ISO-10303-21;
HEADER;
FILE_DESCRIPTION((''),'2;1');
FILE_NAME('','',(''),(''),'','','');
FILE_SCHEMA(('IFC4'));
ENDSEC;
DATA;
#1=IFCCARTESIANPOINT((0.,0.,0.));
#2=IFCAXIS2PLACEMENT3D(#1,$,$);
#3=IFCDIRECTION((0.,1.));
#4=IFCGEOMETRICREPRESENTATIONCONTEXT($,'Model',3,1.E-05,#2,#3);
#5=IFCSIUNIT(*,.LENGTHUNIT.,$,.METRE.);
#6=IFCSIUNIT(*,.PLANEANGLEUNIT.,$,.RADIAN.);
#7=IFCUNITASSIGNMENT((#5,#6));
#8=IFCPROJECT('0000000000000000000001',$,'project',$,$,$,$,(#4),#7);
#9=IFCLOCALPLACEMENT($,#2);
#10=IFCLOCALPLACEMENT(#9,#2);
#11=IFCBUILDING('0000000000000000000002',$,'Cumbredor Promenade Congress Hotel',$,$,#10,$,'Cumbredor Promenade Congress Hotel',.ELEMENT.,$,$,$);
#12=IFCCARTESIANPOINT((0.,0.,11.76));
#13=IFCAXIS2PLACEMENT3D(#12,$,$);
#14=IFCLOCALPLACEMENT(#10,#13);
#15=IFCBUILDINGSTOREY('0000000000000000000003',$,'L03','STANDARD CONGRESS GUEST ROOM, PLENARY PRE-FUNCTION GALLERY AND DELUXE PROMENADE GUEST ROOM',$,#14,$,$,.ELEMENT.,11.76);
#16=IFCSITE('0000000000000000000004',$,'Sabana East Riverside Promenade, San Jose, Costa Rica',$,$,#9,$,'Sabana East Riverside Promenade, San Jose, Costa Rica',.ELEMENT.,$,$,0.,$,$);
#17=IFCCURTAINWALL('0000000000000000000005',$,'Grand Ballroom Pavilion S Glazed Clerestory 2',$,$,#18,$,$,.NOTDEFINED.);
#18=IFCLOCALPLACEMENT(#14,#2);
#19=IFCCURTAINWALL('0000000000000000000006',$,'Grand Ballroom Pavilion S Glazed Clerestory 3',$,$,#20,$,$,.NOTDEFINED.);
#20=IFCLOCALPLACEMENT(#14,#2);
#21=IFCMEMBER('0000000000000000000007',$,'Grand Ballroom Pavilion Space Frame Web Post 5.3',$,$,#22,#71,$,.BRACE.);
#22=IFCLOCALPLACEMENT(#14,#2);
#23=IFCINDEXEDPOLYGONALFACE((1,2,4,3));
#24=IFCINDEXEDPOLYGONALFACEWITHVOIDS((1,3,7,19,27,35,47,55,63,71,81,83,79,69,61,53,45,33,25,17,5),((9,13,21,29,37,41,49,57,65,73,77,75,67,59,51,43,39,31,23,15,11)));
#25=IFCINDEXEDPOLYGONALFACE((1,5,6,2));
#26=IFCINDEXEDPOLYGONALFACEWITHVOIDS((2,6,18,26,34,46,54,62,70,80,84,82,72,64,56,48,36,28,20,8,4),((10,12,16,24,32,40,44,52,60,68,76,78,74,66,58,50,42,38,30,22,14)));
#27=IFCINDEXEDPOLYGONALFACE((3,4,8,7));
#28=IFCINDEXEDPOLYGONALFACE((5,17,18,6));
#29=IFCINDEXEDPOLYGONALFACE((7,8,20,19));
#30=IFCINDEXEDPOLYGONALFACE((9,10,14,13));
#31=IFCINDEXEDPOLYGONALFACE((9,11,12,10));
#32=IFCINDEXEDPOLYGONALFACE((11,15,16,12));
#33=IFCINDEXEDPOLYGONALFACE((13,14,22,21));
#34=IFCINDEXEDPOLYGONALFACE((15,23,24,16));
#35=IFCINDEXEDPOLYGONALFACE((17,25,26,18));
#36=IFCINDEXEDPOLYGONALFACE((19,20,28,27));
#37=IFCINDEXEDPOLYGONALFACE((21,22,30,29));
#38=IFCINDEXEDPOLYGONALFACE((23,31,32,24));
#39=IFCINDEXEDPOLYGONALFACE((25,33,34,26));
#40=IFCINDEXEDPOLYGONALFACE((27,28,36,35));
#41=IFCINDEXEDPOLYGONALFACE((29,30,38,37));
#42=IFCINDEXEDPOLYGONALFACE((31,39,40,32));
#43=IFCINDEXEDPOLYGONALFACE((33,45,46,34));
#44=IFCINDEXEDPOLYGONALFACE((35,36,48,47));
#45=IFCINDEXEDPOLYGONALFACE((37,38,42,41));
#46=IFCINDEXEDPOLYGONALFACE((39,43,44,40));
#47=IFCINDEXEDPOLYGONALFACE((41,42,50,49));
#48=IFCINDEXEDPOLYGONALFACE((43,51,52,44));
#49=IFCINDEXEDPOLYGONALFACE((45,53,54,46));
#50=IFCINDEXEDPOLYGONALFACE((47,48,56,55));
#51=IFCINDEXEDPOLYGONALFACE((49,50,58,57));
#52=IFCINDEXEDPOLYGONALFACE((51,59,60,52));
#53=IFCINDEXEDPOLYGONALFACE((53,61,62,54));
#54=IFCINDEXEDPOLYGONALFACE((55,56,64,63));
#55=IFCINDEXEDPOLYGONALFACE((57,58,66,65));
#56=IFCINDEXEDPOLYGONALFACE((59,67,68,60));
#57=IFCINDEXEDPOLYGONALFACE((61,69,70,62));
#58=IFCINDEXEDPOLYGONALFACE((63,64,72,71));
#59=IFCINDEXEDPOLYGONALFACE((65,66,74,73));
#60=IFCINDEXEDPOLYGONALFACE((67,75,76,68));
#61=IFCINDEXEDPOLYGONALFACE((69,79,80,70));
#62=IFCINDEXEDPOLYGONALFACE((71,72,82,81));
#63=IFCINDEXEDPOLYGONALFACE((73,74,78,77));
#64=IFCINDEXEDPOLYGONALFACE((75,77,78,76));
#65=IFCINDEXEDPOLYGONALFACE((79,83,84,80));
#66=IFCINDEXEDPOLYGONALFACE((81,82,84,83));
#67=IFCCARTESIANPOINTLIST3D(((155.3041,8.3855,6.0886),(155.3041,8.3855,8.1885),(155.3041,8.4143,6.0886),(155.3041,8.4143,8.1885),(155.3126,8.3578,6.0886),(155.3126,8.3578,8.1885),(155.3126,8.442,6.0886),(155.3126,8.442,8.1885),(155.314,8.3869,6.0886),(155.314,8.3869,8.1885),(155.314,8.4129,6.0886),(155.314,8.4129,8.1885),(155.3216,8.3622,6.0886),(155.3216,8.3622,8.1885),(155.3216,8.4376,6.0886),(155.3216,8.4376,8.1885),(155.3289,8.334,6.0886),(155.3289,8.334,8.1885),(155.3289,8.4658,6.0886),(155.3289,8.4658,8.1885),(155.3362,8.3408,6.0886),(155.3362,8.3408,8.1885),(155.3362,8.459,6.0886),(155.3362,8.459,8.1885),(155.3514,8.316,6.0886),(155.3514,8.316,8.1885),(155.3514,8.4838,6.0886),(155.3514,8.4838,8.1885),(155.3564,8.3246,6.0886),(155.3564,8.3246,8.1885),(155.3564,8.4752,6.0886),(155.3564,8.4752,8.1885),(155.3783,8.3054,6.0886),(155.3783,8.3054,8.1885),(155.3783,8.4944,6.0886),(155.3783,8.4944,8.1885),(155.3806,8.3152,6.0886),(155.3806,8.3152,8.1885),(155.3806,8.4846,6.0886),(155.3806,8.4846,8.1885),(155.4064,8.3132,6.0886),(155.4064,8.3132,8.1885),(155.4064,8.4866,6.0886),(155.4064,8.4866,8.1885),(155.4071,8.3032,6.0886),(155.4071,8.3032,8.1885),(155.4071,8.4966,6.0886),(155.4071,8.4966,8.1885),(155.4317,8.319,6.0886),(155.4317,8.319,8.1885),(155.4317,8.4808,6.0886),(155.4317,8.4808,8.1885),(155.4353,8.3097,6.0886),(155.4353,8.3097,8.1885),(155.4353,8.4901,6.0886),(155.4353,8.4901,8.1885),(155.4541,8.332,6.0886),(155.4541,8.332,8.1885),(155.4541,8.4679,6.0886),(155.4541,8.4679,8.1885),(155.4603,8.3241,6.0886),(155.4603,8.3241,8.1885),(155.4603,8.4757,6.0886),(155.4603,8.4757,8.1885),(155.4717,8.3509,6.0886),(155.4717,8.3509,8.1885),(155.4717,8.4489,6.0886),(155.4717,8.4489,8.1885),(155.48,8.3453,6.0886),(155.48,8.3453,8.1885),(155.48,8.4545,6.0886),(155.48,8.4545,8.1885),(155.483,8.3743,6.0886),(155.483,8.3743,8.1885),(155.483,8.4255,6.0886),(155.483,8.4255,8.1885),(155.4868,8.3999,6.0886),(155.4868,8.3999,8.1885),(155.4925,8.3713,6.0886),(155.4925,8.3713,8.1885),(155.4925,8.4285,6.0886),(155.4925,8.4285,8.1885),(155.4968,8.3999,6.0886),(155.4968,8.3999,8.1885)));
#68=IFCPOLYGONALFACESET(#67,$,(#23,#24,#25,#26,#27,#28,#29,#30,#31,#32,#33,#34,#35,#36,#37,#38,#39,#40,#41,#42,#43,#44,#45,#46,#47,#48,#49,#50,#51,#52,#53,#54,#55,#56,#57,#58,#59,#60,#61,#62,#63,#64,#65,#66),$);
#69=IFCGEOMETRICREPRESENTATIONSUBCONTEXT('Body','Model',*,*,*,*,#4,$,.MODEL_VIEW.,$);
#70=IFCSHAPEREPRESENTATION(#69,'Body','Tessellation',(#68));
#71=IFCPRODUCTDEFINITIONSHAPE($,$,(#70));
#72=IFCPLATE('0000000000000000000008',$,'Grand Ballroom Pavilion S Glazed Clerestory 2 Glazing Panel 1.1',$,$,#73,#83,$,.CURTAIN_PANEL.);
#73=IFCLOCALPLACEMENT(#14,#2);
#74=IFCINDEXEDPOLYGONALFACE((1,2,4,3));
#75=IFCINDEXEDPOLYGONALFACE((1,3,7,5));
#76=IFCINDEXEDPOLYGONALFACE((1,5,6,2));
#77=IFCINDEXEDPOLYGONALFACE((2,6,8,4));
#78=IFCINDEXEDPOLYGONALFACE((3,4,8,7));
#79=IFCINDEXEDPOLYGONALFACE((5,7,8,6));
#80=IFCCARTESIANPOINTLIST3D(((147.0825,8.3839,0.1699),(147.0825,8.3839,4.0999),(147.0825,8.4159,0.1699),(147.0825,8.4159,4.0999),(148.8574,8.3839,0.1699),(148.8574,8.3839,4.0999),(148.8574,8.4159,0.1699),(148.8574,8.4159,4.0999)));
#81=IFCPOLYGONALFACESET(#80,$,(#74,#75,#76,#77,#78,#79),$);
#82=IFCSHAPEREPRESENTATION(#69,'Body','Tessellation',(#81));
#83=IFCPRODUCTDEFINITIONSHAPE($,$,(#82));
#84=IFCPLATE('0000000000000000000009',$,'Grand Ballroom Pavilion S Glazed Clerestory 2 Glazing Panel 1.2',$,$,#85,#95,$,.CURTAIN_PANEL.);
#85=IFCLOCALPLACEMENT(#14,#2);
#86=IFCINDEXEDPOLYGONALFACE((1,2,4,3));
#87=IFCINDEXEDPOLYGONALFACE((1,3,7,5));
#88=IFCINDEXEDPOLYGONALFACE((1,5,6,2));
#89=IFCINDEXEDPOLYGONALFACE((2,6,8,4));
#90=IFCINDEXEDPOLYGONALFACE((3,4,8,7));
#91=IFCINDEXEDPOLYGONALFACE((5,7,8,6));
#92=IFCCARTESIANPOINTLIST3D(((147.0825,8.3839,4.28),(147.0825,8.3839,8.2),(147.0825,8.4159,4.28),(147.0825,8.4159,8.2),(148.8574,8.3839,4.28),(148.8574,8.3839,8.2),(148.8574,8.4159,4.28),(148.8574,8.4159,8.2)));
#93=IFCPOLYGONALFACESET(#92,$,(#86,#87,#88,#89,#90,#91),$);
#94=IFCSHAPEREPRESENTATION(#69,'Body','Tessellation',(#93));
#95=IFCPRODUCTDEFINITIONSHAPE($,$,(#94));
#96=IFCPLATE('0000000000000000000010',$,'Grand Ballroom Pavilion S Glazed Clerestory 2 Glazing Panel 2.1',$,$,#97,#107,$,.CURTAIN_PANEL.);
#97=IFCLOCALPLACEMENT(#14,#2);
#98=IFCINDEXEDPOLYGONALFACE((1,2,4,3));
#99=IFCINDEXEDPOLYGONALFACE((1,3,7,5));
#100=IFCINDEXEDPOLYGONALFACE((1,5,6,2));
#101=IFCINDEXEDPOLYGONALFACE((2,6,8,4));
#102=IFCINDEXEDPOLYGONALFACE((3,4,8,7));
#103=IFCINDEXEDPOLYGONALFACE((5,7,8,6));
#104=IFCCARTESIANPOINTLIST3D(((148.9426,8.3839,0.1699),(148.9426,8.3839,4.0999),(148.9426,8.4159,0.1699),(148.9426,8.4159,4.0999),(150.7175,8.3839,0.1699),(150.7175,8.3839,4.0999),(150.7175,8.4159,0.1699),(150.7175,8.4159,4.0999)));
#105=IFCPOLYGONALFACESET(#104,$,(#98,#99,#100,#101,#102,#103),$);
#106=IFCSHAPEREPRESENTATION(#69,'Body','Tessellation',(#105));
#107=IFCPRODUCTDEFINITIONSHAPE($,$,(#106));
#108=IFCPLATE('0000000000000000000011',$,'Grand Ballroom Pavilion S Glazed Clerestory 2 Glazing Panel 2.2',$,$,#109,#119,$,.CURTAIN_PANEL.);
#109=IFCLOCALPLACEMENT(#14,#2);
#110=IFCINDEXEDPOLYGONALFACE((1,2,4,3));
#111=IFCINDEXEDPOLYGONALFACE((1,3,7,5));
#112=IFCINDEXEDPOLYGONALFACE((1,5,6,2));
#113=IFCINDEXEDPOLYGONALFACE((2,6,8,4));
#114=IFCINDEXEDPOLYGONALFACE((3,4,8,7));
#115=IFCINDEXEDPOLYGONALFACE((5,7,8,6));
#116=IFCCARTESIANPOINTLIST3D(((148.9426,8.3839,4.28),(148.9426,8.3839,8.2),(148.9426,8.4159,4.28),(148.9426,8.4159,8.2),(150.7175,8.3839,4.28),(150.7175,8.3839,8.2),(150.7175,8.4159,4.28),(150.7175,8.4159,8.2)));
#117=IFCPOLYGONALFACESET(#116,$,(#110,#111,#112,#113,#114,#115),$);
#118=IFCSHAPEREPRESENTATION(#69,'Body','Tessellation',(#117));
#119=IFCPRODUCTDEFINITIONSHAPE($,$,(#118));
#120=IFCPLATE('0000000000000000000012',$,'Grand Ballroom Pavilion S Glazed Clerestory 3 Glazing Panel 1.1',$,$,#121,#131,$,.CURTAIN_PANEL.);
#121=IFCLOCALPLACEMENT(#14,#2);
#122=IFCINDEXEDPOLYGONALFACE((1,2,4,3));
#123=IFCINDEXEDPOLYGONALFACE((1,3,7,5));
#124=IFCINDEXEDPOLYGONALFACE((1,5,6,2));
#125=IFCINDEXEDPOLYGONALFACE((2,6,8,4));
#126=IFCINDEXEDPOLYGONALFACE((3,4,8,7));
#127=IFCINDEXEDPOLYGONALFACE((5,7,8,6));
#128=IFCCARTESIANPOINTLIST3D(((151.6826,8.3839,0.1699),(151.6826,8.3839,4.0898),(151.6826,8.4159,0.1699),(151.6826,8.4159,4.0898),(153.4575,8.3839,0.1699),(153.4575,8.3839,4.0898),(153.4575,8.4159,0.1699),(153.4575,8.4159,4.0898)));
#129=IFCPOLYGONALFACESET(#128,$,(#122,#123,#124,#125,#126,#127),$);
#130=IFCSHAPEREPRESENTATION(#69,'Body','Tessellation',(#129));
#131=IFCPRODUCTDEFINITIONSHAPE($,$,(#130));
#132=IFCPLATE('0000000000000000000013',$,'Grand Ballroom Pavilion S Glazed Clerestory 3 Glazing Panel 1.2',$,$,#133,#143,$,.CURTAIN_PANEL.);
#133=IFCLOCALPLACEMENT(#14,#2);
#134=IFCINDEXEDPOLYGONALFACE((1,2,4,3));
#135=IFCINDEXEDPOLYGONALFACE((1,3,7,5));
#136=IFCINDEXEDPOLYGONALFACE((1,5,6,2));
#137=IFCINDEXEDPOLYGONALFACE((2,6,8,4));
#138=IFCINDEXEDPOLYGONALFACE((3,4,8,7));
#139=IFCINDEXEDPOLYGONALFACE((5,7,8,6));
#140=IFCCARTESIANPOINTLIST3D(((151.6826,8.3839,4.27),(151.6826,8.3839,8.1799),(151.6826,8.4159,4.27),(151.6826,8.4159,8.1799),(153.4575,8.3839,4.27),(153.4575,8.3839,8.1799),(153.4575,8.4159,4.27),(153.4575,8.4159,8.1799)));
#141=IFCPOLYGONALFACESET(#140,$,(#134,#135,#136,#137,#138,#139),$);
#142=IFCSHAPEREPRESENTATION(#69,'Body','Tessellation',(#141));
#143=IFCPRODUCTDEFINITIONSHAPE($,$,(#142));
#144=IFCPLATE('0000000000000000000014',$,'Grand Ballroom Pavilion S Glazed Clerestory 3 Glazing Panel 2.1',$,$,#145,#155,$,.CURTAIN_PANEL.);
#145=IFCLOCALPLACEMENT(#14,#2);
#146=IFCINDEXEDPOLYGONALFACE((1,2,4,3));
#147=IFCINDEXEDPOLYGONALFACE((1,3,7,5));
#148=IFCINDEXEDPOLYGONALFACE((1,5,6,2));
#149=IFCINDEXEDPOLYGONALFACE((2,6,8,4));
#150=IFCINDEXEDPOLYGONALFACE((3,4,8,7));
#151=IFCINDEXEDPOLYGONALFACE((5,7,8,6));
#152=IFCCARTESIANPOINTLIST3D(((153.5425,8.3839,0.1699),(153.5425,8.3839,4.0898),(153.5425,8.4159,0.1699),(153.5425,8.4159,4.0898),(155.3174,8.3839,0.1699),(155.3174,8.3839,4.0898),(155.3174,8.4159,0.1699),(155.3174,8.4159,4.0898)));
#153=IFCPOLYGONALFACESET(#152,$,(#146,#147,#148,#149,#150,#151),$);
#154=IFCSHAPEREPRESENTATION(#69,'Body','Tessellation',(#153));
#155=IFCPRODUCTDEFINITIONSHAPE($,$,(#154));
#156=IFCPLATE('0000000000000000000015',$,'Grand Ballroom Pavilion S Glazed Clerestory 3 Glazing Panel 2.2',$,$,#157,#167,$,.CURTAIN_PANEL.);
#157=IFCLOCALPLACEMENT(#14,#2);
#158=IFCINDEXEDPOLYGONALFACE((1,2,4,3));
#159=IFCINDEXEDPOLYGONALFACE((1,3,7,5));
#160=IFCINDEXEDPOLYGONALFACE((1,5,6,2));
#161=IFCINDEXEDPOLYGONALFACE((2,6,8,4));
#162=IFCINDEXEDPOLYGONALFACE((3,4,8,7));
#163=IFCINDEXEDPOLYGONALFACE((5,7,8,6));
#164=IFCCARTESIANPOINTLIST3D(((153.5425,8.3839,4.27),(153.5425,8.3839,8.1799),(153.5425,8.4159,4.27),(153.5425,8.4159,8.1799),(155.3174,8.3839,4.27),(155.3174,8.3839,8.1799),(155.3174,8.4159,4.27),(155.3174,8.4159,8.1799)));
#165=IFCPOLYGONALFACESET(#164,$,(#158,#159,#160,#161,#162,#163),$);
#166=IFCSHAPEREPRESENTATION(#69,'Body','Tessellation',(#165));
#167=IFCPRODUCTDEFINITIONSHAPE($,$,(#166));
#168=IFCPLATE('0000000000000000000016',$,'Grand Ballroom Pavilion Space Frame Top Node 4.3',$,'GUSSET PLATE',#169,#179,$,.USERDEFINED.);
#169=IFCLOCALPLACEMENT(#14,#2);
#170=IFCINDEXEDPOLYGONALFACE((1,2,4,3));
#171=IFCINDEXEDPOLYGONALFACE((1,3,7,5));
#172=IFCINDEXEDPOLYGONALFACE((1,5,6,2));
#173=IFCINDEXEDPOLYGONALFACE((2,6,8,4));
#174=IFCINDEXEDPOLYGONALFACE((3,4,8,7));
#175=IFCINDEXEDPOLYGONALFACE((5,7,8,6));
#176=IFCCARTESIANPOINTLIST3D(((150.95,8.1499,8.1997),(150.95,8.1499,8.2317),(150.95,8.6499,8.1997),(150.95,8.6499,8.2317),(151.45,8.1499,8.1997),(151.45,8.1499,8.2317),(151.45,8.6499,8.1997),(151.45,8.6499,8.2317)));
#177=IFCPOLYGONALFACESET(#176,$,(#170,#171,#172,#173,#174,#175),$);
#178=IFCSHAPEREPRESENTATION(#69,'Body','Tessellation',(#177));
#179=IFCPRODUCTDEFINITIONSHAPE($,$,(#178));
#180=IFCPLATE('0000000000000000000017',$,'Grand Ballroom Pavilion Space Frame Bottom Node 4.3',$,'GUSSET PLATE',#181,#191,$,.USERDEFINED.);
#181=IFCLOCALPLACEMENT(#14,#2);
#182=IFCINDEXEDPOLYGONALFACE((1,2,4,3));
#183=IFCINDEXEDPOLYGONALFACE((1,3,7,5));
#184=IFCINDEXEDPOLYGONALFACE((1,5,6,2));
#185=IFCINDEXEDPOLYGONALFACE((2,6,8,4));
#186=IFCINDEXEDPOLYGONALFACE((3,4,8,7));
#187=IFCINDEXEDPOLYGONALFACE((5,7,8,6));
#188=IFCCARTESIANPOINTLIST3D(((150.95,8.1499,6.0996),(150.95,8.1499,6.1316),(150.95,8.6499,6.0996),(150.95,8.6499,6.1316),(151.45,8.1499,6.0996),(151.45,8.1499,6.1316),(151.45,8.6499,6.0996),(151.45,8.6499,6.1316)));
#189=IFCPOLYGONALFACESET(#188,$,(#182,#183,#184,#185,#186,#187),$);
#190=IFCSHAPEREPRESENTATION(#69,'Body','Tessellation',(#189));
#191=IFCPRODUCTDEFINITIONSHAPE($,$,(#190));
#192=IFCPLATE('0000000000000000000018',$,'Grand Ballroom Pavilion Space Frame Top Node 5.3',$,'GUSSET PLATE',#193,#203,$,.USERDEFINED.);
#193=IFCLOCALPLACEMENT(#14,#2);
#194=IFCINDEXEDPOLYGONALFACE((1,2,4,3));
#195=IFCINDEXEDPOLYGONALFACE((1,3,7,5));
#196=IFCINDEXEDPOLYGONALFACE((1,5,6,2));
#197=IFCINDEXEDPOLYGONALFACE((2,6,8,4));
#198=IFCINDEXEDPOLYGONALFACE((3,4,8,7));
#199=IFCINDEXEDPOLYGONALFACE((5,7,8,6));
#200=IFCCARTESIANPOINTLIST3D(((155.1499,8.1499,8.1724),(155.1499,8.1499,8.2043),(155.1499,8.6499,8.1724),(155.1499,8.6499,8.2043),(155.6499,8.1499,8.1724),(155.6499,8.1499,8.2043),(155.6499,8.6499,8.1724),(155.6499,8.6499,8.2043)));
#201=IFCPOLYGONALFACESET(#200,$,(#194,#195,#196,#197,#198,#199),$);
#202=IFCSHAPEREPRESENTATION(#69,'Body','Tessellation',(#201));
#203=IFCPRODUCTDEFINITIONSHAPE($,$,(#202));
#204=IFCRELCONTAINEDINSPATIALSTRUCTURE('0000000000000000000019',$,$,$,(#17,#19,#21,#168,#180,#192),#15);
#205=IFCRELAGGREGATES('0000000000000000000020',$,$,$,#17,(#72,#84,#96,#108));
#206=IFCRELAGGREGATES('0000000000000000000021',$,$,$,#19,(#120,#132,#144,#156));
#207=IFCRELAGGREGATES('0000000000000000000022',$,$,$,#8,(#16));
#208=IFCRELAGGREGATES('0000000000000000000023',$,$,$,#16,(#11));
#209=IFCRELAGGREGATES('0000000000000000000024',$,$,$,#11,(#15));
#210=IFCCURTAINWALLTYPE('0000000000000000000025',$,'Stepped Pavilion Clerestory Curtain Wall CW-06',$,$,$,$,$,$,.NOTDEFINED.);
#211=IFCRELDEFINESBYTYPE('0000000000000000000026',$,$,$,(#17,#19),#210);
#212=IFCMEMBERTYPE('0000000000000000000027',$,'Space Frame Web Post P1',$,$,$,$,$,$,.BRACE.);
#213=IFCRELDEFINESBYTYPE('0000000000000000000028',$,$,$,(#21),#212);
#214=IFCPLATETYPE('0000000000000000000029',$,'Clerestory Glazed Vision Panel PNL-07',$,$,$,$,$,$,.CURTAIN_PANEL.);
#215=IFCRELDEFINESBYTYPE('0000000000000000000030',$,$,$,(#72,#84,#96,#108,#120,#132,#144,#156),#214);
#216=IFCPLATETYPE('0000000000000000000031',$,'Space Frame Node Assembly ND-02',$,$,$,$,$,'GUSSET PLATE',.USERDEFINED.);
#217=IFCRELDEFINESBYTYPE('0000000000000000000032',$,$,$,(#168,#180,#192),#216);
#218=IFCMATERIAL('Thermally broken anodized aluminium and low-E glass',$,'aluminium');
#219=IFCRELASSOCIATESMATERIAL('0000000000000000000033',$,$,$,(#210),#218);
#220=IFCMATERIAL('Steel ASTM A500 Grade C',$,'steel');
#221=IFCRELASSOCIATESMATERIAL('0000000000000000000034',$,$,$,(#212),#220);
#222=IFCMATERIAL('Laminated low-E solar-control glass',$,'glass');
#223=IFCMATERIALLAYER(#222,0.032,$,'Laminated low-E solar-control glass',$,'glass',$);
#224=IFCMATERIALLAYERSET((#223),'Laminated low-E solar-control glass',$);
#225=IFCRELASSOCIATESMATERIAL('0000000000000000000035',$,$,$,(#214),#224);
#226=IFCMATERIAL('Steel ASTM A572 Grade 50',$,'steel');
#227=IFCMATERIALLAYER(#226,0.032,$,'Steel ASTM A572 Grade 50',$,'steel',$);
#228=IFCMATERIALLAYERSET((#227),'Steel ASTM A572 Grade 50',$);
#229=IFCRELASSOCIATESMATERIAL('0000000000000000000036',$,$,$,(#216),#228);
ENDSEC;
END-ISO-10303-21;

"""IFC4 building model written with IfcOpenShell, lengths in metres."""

from ifc_helpers import new_model, si_unit, direction, frame, origin, origin_2d, place, context, subcontext, project, spatial, rectangle, hollow_circle, extrude, material, layer, layer_set, material_profile, profile_set, type_object, element, aggregate, save


model = new_model("IFC4")

# Units and contexts
model_context = context("Model", 3, precision=1e-05, world=origin(), true_north=direction((0.0, 1.0)))
body_context = subcontext(model_context, "Body", "Model", "MODEL_VIEW")
ifc_project = project(units=[si_unit("LENGTHUNIT", "METRE"), si_unit("PLANEANGLEUNIT", "RADIAN")], contexts=[model_context])

# Site, building, storey
site_placement = place(None, origin())
site = spatial("IfcSite", under=ifc_project, at=site_placement, Name="Sabana East Riverside Promenade, San Jose, Costa Rica", LongName="Sabana East Riverside Promenade, San Jose, Costa Rica", CompositionType="ELEMENT", RefElevation=0.0)
building_placement = place(site_placement, origin())
building = spatial("IfcBuilding", under=site, at=building_placement, Name="Cumbredor Promenade Congress Hotel", LongName="Cumbredor Promenade Congress Hotel", CompositionType="ELEMENT")
storey_placement = place(building_placement, frame((0.0, 0.0, 11.76)))
storey = spatial("IfcBuildingStorey", under=building, at=storey_placement, Name="L03", Description="STANDARD CONGRESS GUEST ROOM, PLENARY PRE-FUNCTION GALLERY AND DELUXE PROMENADE GUEST ROOM", CompositionType="ELEMENT", Elevation=11.76)

# Shared definitions
ifc_material_1 = material(Name="Steel ASTM A500 Grade C", Category="steel")

# Curtain walls
ifc_material_2 = material(Name="Thermally broken anodized aluminium and low-E glass", Category="aluminium")
curtain_wall_type = type_object("IfcCurtainWallType", Name="Stepped Pavilion Clerestory Curtain Wall CW-06", PredefinedType="NOTDEFINED", material=ifc_material_2)
curtain_wall_1_placement = place(storey_placement, origin())
curtain_wall_1 = element("IfcCurtainWall", 1, at=curtain_wall_1_placement, inside=storey, type_object=curtain_wall_type, Name="Grand Ballroom Pavilion S Glazed Clerestory 2", PredefinedType="NOTDEFINED")
curtain_wall_2_placement = place(storey_placement, origin())
curtain_wall_2 = element("IfcCurtainWall", 2, at=curtain_wall_2_placement, inside=storey, type_object=curtain_wall_type, Name="Grand Ballroom Pavilion S Glazed Clerestory 3", PredefinedType="NOTDEFINED")

# Member
ifc_material_profile_1 = material_profile(ifc_material_1, hollow_circle(Radius=0.0969, WallThickness=0.01, at=origin_2d()), Name="CHS 193.7x10")
ifc_profile_set_1 = profile_set([ifc_material_profile_1], Name="Steel ASTM A500 Grade C")
member_type_1 = type_object("IfcMemberType", Name="Space Frame Web Post P1", PredefinedType="BRACE", material=ifc_profile_set_1)
member_1_placement = place(storey_placement, frame((155.3999, 8.3999, 6.0886), z_axis=(0.0, 0.0, 1.0), x_axis=(1.0, 0.0, 0.0)))
element("IfcMember", 3, at=member_1_placement, inside=storey, type_object=member_type_1, Name="Grand Ballroom Pavilion Space Frame Web Post 5.3", PredefinedType="BRACE", context=body_context, shape_type="SweptSolid", body=[
    extrude(hollow_circle(Radius=0.0969, WallThickness=0.01, at=origin_2d()), origin(), (0.0, 0.0, 1.0), 2.0999),
])

# Plates
ifc_material_3 = material(Name="Laminated low-E solar-control glass", Category="glass")
ifc_layer_1 = layer(ifc_material_3, 0.032, Name="Laminated low-E solar-control glass", Category="glass")
ifc_layer_set_1 = layer_set([ifc_layer_1], Name="Laminated low-E solar-control glass")
plate_type_1 = type_object("IfcPlateType", Name="Clerestory Glazed Vision Panel PNL-07", PredefinedType="CURTAIN_PANEL", material=ifc_layer_set_1)
plate_1_placement = place(storey_placement, frame((147.97, 8.3999, 0.1699), z_axis=(0.0, 0.0, 1.0), x_axis=(1.0, 0.0, 0.0)))
plate_1 = element("IfcPlate", 4, at=plate_1_placement, type_object=plate_type_1, Name="Grand Ballroom Pavilion S Glazed Clerestory 2 Glazing Panel 1.1", PredefinedType="CURTAIN_PANEL", context=body_context, shape_type="SweptSolid", body=[
    extrude(rectangle(XDim=1.7749, YDim=0.032, at=origin_2d()), origin(), (0.0, 0.0, 1.0), 3.9299),
])
plate_2_placement = place(storey_placement, frame((147.97, 8.3999, 4.28), z_axis=(0.0, 0.0, 1.0), x_axis=(1.0, 0.0, 0.0)))
plate_2 = element("IfcPlate", 5, at=plate_2_placement, type_object=plate_type_1, Name="Grand Ballroom Pavilion S Glazed Clerestory 2 Glazing Panel 1.2", PredefinedType="CURTAIN_PANEL", context=body_context, shape_type="SweptSolid", body=[
    extrude(rectangle(XDim=1.7749, YDim=0.032, at=origin_2d()), origin(), (0.0, 0.0, 1.0), 3.9199),
])
plate_3_placement = place(storey_placement, frame((149.8301, 8.3999, 0.1699), z_axis=(0.0, 0.0, 1.0), x_axis=(1.0, 0.0, 0.0)))
plate_3 = element("IfcPlate", 6, at=plate_3_placement, type_object=plate_type_1, Name="Grand Ballroom Pavilion S Glazed Clerestory 2 Glazing Panel 2.1", PredefinedType="CURTAIN_PANEL", context=body_context, shape_type="SweptSolid", body=[
    extrude(rectangle(XDim=1.7749, YDim=0.032, at=origin_2d()), origin(), (0.0, 0.0, 1.0), 3.9299),
])
plate_4_placement = place(storey_placement, frame((149.8301, 8.3999, 4.28), z_axis=(0.0, 0.0, 1.0), x_axis=(1.0, 0.0, 0.0)))
plate_4 = element("IfcPlate", 7, at=plate_4_placement, type_object=plate_type_1, Name="Grand Ballroom Pavilion S Glazed Clerestory 2 Glazing Panel 2.2", PredefinedType="CURTAIN_PANEL", context=body_context, shape_type="SweptSolid", body=[
    extrude(rectangle(XDim=1.7749, YDim=0.032, at=origin_2d()), origin(), (0.0, 0.0, 1.0), 3.9199),
])
aggregate(curtain_wall_1, [plate_1, plate_2, plate_3, plate_4])
plate_5_placement = place(storey_placement, frame((152.5701, 8.3999, 0.1699), z_axis=(0.0, 0.0, 1.0), x_axis=(1.0, 0.0, 0.0)))
plate_5 = element("IfcPlate", 8, at=plate_5_placement, type_object=plate_type_1, Name="Grand Ballroom Pavilion S Glazed Clerestory 3 Glazing Panel 1.1", PredefinedType="CURTAIN_PANEL", context=body_context, shape_type="SweptSolid", body=[
    extrude(rectangle(XDim=1.7749, YDim=0.032, at=origin_2d()), origin(), (0.0, 0.0, 1.0), 3.9199),
])
plate_6_placement = place(storey_placement, frame((152.5701, 8.3999, 4.27), z_axis=(0.0, 0.0, 1.0), x_axis=(1.0, 0.0, 0.0)))
plate_6 = element("IfcPlate", 9, at=plate_6_placement, type_object=plate_type_1, Name="Grand Ballroom Pavilion S Glazed Clerestory 3 Glazing Panel 1.2", PredefinedType="CURTAIN_PANEL", context=body_context, shape_type="SweptSolid", body=[
    extrude(rectangle(XDim=1.7749, YDim=0.032, at=origin_2d()), origin(), (0.0, 0.0, 1.0), 3.9099),
])
plate_7_placement = place(storey_placement, frame((154.4299, 8.3999, 0.1699), z_axis=(0.0, 0.0, 1.0), x_axis=(1.0, 0.0, 0.0)))
plate_7 = element("IfcPlate", 10, at=plate_7_placement, type_object=plate_type_1, Name="Grand Ballroom Pavilion S Glazed Clerestory 3 Glazing Panel 2.1", PredefinedType="CURTAIN_PANEL", context=body_context, shape_type="SweptSolid", body=[
    extrude(rectangle(XDim=1.7749, YDim=0.032, at=origin_2d()), origin(), (0.0, 0.0, 1.0), 3.9199),
])
plate_8_placement = place(storey_placement, frame((154.4299, 8.3999, 4.27), z_axis=(0.0, 0.0, 1.0), x_axis=(1.0, 0.0, 0.0)))
plate_8 = element("IfcPlate", 11, at=plate_8_placement, type_object=plate_type_1, Name="Grand Ballroom Pavilion S Glazed Clerestory 3 Glazing Panel 2.2", PredefinedType="CURTAIN_PANEL", context=body_context, shape_type="SweptSolid", body=[
    extrude(rectangle(XDim=1.7749, YDim=0.032, at=origin_2d()), origin(), (0.0, 0.0, 1.0), 3.9099),
])
aggregate(curtain_wall_2, [plate_5, plate_6, plate_7, plate_8])

# Plates
ifc_material_4 = material(Name="Steel ASTM A572 Grade 50", Category="steel")
ifc_layer_2 = layer(ifc_material_4, 0.032, Name="Steel ASTM A572 Grade 50", Category="steel")
ifc_layer_set_2 = layer_set([ifc_layer_2], Name="Steel ASTM A572 Grade 50")
plate_type_2 = type_object("IfcPlateType", Name="Space Frame Node Assembly ND-02", ElementType="GUSSET PLATE", PredefinedType="USERDEFINED", material=ifc_layer_set_2)
for number, where, z_axis, x_axis, name in (
    (12, (151.2, 8.3999, 8.1997), (0.0, 0.0, 1.0), (1.0, 0.0, 0.0), "Grand Ballroom Pavilion Space Frame Top Node 4.3"),
    (13, (151.2, 8.3999, 6.0996), (0.0, 0.0, 1.0), (1.0, 0.0, 0.0), "Grand Ballroom Pavilion Space Frame Bottom Node 4.3"),
    (14, (155.3999, 8.3999, 8.1724), (0.0, 0.0, 1.0), (1.0, 0.0, 0.0), "Grand Ballroom Pavilion Space Frame Top Node 5.3"),
):
    element("IfcPlate", number, at=place(storey_placement, frame(where, z_axis=z_axis, x_axis=x_axis)), inside=storey, type_object=plate_type_2, Name=name, ObjectType="GUSSET PLATE", PredefinedType="USERDEFINED", context=body_context, shape_type="SweptSolid", body=[
        extrude(rectangle(XDim=0.5, YDim=0.5, at=origin_2d()), origin(), (0.0, 0.0, 1.0), 0.032),
    ])

save(model, "model.ifc")
